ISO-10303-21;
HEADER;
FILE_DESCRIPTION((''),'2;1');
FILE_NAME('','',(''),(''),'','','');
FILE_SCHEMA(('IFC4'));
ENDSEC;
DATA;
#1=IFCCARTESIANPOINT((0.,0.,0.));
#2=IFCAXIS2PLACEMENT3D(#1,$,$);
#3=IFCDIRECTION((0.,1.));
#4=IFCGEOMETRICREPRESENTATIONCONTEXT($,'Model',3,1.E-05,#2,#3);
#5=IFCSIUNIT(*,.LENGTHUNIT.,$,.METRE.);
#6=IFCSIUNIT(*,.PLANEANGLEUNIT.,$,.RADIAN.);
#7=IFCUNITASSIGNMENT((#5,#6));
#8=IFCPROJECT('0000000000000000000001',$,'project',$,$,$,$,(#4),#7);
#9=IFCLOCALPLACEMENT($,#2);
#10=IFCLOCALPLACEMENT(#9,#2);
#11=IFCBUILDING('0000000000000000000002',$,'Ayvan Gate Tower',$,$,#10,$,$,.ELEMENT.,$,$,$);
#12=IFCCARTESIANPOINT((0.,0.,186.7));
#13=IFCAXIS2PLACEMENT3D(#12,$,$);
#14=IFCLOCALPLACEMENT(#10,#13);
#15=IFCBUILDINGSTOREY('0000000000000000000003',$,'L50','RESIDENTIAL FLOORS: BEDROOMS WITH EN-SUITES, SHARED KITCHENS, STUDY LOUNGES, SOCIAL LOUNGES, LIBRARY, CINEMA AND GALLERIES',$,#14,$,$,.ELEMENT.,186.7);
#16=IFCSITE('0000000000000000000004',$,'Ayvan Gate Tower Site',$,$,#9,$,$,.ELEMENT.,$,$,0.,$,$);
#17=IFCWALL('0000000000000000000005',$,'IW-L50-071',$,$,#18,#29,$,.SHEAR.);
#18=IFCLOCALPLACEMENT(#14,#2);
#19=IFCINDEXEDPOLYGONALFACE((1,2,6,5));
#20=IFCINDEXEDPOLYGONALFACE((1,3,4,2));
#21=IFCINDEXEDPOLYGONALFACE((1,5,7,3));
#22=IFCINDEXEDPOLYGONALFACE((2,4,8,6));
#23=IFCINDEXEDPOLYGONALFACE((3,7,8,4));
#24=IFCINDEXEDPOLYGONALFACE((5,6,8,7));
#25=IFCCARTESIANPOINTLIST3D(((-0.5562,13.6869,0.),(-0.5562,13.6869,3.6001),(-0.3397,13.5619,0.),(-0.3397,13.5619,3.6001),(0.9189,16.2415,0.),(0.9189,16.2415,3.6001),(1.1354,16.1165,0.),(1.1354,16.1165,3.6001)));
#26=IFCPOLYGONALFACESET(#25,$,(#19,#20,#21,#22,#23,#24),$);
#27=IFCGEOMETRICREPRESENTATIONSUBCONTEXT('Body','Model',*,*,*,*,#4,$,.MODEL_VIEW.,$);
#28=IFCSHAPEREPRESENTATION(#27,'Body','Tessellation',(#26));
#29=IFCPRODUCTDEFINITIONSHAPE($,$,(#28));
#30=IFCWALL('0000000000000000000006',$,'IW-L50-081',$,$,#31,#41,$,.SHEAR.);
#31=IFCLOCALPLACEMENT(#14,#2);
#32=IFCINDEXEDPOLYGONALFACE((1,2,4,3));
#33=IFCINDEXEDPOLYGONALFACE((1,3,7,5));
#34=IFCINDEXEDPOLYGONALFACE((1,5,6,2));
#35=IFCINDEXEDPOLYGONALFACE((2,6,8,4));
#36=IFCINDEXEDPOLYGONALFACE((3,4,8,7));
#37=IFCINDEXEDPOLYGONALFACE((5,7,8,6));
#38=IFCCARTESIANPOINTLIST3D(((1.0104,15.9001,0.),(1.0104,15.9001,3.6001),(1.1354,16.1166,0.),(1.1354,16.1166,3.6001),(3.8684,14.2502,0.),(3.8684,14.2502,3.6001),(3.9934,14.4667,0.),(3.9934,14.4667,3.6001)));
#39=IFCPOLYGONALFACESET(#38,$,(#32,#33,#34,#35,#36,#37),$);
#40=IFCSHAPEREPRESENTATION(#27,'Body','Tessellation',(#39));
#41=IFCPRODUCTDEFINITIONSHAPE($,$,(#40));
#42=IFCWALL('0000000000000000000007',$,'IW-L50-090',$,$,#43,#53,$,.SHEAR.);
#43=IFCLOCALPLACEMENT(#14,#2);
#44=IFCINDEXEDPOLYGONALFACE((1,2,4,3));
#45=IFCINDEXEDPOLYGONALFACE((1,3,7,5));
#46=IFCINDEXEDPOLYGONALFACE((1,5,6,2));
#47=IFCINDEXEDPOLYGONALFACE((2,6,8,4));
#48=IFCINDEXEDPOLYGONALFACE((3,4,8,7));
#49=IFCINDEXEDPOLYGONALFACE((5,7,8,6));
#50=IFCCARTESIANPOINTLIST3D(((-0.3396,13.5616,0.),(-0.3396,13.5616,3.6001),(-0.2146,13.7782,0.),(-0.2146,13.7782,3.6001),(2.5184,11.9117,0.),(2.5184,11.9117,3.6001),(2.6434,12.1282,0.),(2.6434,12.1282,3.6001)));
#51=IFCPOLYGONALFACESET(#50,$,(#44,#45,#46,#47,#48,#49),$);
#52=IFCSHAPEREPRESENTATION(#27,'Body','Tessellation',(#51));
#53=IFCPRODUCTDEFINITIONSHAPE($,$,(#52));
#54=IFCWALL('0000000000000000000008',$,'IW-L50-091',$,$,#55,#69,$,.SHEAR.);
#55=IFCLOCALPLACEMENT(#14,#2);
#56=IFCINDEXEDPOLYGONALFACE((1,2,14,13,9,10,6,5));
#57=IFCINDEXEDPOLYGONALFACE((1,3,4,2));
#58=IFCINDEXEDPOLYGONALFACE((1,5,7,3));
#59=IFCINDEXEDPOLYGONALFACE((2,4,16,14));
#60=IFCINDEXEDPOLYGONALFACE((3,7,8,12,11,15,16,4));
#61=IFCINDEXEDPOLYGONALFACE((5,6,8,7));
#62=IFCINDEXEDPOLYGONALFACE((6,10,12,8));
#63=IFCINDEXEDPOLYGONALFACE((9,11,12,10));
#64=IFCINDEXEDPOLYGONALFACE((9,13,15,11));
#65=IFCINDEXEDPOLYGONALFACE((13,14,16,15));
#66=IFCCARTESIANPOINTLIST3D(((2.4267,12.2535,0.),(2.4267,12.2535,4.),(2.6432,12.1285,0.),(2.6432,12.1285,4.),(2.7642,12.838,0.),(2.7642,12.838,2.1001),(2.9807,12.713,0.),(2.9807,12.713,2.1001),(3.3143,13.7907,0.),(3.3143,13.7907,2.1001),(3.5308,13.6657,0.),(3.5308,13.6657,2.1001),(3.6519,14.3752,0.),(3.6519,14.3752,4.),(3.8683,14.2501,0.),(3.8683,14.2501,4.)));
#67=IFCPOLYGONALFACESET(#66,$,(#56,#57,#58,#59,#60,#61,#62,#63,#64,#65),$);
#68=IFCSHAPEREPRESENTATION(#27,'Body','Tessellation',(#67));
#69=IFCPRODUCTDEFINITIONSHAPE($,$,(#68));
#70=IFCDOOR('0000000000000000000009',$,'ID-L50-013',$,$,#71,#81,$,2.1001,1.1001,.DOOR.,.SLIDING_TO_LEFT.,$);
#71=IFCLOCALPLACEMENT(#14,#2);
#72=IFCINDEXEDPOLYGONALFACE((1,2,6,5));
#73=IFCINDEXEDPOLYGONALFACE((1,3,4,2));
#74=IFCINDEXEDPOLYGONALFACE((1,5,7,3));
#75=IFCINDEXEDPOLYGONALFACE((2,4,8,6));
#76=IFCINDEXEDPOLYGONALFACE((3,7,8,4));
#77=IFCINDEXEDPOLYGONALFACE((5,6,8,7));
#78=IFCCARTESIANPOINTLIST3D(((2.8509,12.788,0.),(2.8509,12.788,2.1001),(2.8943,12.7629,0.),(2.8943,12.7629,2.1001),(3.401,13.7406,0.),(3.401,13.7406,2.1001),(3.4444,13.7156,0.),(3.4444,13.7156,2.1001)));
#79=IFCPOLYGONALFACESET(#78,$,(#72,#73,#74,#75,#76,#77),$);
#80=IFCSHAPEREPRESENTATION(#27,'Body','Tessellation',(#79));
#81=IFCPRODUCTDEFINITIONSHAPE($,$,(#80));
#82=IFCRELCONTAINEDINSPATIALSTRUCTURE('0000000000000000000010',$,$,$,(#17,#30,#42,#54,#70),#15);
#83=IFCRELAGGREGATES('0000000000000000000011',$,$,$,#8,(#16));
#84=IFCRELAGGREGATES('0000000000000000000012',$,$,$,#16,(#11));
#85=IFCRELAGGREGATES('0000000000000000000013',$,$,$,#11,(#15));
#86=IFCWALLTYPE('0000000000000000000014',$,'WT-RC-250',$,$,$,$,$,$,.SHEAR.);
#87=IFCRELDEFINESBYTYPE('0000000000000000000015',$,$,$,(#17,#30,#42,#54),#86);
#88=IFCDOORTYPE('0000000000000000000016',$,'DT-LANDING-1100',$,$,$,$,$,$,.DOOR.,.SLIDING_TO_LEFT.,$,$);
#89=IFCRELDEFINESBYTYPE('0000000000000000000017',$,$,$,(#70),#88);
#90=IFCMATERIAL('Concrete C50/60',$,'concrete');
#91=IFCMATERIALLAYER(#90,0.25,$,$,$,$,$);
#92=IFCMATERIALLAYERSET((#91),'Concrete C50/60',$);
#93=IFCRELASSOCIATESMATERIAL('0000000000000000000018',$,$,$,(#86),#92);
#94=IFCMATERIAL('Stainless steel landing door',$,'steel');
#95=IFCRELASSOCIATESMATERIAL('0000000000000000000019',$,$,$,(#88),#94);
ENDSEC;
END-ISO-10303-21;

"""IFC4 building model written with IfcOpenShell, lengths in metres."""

from ifc_helpers import new_model, si_unit, direction, frame, frame_2d, origin, place, context, subcontext, project, spatial, rectangle, extrude, material, layer, layer_set, type_object, element, fill, save


model = new_model("IFC4")

# Units and contexts
model_context = context("Model", 3, precision=1e-05, world=origin(), true_north=direction((0.0, 1.0)))
body_context = subcontext(model_context, "Body", "Model", "MODEL_VIEW")
ifc_project = project(units=[si_unit("LENGTHUNIT", "METRE"), si_unit("PLANEANGLEUNIT", "RADIAN")], contexts=[model_context])

# Site, building, storey
site_placement = place(None, origin())
site = spatial("IfcSite", under=ifc_project, at=site_placement, Name="Ayvan Gate Tower Site", CompositionType="ELEMENT", RefElevation=0.0)
building_placement = place(site_placement, origin())
building = spatial("IfcBuilding", under=site, at=building_placement, Name="Ayvan Gate Tower", CompositionType="ELEMENT")
storey_placement = place(building_placement, frame((0.0, 0.0, 186.7)))
storey = spatial("IfcBuildingStorey", under=building, at=storey_placement, Name="L50", Description="RESIDENTIAL FLOORS: BEDROOMS WITH EN-SUITES, SHARED KITCHENS, STUDY LOUNGES, SOCIAL LOUNGES, LIBRARY, CINEMA AND GALLERIES", CompositionType="ELEMENT", Elevation=186.7)

# Walls
ifc_material_1 = material(Name="Concrete C50/60", Category="concrete")
ifc_layer_1 = layer(ifc_material_1, 0.25)
ifc_layer_set_1 = layer_set([ifc_layer_1], Name="Concrete C50/60")
wall_type_1 = type_object("IfcWallType", Name="WT-RC-250", PredefinedType="SHEAR", material=ifc_layer_set_1)
wall_1_placement = place(storey_placement, frame((-0.448, 13.6243, 0.0), z_axis=(0.0, 0.0, 1.0), x_axis=(0.500038, 0.866004, 0.0)))
element("IfcWall", 1, at=wall_1_placement, inside=storey, type_object=wall_type_1, Name="IW-L50-071", PredefinedType="SHEAR", context=body_context, shape_type="SweptSolid", body=[
    extrude(rectangle(XDim=2.95, YDim=0.25, at=frame_2d((1.4751, 0.0))), origin(), (0.0, 0.0, 1.0), 3.6001),
])
for number, where, z_axis, x_axis, name in (
    (2, (1.073, 16.0083, 0.0), (0.0, 0.0, 1.0), (0.86604, -0.499974, 0.0), "IW-L50-081"),
    (3, (2.5808, 12.02, 0.0), (0.0, 0.0, 1.0), (-0.86604, 0.499974, 0.0), "IW-L50-090"),
):
    element("IfcWall", number, at=place(storey_placement, frame(where, z_axis=z_axis, x_axis=x_axis)), inside=storey, type_object=wall_type_1, Name=name, PredefinedType="SHEAR", context=body_context, shape_type="SweptSolid", body=[
        extrude(rectangle(XDim=3.3, YDim=0.25, at=frame_2d((1.6499, 0.0))), origin(), (0.0, 0.0, 1.0), 3.6001),
    ])

# Wall, opening, door
wall_2_placement = place(storey_placement, frame((2.5349, 12.1909, 0.0), z_axis=(0.0, 0.0, 1.0), x_axis=(0.500062, 0.86599, 0.0)))
wall_2 = element("IfcWall", 4, at=wall_2_placement, inside=storey, type_object=wall_type_1, Name="IW-L50-091", PredefinedType="SHEAR", context=body_context, shape_type="SweptSolid", body=[
    extrude(rectangle(XDim=2.45, YDim=0.25, at=frame_2d((1.2251, 0.0))), origin(), (0.0, 0.0, 1.0), 4.0),
])
opening_1_placement = place(wall_2_placement, frame((0.675, 0.0, 0.0)))
opening_1 = element("IfcOpeningElement", 5, at=opening_1_placement, cuts=wall_2, PredefinedType="OPENING", context=body_context, shape_type="SweptSolid", body=[
    extrude(rectangle(XDim=1.1001, YDim=2.1001, at=frame_2d((0.55, 1.05))), frame((0.0, 0.135, 0.0), z_axis=(0.0, -1.0, 0.0), x_axis=(1.0, 0.0, 0.0)), (0.0, 0.0, 1.0), 0.27),
])
ifc_material_2 = material(Name="Stainless steel landing door", Category="steel")
door_type_1 = type_object("IfcDoorType", Name="DT-LANDING-1100", OperationType="SLIDING_TO_LEFT", PredefinedType="DOOR", material=ifc_material_2)
door_1_placement = place(opening_1_placement, origin())
door_1 = element("IfcDoor", 6, at=door_1_placement, inside=storey, type_object=door_type_1, Name="ID-L50-013", OperationType="SLIDING_TO_LEFT", OverallHeight=2.1001, OverallWidth=1.1001, PredefinedType="DOOR", context=body_context, shape_type="SweptSolid", body=[
    extrude(rectangle(XDim=1.1001, YDim=2.1001, at=frame_2d((0.55, 1.05))), frame((0.0, 0.0249, 0.0), z_axis=(0.0, -1.0, 0.0), x_axis=(1.0, 0.0, 0.0)), (0.0, 0.0, 1.0), 0.05),
])
fill(opening_1, door_1)

save(model, "model.ifc")
